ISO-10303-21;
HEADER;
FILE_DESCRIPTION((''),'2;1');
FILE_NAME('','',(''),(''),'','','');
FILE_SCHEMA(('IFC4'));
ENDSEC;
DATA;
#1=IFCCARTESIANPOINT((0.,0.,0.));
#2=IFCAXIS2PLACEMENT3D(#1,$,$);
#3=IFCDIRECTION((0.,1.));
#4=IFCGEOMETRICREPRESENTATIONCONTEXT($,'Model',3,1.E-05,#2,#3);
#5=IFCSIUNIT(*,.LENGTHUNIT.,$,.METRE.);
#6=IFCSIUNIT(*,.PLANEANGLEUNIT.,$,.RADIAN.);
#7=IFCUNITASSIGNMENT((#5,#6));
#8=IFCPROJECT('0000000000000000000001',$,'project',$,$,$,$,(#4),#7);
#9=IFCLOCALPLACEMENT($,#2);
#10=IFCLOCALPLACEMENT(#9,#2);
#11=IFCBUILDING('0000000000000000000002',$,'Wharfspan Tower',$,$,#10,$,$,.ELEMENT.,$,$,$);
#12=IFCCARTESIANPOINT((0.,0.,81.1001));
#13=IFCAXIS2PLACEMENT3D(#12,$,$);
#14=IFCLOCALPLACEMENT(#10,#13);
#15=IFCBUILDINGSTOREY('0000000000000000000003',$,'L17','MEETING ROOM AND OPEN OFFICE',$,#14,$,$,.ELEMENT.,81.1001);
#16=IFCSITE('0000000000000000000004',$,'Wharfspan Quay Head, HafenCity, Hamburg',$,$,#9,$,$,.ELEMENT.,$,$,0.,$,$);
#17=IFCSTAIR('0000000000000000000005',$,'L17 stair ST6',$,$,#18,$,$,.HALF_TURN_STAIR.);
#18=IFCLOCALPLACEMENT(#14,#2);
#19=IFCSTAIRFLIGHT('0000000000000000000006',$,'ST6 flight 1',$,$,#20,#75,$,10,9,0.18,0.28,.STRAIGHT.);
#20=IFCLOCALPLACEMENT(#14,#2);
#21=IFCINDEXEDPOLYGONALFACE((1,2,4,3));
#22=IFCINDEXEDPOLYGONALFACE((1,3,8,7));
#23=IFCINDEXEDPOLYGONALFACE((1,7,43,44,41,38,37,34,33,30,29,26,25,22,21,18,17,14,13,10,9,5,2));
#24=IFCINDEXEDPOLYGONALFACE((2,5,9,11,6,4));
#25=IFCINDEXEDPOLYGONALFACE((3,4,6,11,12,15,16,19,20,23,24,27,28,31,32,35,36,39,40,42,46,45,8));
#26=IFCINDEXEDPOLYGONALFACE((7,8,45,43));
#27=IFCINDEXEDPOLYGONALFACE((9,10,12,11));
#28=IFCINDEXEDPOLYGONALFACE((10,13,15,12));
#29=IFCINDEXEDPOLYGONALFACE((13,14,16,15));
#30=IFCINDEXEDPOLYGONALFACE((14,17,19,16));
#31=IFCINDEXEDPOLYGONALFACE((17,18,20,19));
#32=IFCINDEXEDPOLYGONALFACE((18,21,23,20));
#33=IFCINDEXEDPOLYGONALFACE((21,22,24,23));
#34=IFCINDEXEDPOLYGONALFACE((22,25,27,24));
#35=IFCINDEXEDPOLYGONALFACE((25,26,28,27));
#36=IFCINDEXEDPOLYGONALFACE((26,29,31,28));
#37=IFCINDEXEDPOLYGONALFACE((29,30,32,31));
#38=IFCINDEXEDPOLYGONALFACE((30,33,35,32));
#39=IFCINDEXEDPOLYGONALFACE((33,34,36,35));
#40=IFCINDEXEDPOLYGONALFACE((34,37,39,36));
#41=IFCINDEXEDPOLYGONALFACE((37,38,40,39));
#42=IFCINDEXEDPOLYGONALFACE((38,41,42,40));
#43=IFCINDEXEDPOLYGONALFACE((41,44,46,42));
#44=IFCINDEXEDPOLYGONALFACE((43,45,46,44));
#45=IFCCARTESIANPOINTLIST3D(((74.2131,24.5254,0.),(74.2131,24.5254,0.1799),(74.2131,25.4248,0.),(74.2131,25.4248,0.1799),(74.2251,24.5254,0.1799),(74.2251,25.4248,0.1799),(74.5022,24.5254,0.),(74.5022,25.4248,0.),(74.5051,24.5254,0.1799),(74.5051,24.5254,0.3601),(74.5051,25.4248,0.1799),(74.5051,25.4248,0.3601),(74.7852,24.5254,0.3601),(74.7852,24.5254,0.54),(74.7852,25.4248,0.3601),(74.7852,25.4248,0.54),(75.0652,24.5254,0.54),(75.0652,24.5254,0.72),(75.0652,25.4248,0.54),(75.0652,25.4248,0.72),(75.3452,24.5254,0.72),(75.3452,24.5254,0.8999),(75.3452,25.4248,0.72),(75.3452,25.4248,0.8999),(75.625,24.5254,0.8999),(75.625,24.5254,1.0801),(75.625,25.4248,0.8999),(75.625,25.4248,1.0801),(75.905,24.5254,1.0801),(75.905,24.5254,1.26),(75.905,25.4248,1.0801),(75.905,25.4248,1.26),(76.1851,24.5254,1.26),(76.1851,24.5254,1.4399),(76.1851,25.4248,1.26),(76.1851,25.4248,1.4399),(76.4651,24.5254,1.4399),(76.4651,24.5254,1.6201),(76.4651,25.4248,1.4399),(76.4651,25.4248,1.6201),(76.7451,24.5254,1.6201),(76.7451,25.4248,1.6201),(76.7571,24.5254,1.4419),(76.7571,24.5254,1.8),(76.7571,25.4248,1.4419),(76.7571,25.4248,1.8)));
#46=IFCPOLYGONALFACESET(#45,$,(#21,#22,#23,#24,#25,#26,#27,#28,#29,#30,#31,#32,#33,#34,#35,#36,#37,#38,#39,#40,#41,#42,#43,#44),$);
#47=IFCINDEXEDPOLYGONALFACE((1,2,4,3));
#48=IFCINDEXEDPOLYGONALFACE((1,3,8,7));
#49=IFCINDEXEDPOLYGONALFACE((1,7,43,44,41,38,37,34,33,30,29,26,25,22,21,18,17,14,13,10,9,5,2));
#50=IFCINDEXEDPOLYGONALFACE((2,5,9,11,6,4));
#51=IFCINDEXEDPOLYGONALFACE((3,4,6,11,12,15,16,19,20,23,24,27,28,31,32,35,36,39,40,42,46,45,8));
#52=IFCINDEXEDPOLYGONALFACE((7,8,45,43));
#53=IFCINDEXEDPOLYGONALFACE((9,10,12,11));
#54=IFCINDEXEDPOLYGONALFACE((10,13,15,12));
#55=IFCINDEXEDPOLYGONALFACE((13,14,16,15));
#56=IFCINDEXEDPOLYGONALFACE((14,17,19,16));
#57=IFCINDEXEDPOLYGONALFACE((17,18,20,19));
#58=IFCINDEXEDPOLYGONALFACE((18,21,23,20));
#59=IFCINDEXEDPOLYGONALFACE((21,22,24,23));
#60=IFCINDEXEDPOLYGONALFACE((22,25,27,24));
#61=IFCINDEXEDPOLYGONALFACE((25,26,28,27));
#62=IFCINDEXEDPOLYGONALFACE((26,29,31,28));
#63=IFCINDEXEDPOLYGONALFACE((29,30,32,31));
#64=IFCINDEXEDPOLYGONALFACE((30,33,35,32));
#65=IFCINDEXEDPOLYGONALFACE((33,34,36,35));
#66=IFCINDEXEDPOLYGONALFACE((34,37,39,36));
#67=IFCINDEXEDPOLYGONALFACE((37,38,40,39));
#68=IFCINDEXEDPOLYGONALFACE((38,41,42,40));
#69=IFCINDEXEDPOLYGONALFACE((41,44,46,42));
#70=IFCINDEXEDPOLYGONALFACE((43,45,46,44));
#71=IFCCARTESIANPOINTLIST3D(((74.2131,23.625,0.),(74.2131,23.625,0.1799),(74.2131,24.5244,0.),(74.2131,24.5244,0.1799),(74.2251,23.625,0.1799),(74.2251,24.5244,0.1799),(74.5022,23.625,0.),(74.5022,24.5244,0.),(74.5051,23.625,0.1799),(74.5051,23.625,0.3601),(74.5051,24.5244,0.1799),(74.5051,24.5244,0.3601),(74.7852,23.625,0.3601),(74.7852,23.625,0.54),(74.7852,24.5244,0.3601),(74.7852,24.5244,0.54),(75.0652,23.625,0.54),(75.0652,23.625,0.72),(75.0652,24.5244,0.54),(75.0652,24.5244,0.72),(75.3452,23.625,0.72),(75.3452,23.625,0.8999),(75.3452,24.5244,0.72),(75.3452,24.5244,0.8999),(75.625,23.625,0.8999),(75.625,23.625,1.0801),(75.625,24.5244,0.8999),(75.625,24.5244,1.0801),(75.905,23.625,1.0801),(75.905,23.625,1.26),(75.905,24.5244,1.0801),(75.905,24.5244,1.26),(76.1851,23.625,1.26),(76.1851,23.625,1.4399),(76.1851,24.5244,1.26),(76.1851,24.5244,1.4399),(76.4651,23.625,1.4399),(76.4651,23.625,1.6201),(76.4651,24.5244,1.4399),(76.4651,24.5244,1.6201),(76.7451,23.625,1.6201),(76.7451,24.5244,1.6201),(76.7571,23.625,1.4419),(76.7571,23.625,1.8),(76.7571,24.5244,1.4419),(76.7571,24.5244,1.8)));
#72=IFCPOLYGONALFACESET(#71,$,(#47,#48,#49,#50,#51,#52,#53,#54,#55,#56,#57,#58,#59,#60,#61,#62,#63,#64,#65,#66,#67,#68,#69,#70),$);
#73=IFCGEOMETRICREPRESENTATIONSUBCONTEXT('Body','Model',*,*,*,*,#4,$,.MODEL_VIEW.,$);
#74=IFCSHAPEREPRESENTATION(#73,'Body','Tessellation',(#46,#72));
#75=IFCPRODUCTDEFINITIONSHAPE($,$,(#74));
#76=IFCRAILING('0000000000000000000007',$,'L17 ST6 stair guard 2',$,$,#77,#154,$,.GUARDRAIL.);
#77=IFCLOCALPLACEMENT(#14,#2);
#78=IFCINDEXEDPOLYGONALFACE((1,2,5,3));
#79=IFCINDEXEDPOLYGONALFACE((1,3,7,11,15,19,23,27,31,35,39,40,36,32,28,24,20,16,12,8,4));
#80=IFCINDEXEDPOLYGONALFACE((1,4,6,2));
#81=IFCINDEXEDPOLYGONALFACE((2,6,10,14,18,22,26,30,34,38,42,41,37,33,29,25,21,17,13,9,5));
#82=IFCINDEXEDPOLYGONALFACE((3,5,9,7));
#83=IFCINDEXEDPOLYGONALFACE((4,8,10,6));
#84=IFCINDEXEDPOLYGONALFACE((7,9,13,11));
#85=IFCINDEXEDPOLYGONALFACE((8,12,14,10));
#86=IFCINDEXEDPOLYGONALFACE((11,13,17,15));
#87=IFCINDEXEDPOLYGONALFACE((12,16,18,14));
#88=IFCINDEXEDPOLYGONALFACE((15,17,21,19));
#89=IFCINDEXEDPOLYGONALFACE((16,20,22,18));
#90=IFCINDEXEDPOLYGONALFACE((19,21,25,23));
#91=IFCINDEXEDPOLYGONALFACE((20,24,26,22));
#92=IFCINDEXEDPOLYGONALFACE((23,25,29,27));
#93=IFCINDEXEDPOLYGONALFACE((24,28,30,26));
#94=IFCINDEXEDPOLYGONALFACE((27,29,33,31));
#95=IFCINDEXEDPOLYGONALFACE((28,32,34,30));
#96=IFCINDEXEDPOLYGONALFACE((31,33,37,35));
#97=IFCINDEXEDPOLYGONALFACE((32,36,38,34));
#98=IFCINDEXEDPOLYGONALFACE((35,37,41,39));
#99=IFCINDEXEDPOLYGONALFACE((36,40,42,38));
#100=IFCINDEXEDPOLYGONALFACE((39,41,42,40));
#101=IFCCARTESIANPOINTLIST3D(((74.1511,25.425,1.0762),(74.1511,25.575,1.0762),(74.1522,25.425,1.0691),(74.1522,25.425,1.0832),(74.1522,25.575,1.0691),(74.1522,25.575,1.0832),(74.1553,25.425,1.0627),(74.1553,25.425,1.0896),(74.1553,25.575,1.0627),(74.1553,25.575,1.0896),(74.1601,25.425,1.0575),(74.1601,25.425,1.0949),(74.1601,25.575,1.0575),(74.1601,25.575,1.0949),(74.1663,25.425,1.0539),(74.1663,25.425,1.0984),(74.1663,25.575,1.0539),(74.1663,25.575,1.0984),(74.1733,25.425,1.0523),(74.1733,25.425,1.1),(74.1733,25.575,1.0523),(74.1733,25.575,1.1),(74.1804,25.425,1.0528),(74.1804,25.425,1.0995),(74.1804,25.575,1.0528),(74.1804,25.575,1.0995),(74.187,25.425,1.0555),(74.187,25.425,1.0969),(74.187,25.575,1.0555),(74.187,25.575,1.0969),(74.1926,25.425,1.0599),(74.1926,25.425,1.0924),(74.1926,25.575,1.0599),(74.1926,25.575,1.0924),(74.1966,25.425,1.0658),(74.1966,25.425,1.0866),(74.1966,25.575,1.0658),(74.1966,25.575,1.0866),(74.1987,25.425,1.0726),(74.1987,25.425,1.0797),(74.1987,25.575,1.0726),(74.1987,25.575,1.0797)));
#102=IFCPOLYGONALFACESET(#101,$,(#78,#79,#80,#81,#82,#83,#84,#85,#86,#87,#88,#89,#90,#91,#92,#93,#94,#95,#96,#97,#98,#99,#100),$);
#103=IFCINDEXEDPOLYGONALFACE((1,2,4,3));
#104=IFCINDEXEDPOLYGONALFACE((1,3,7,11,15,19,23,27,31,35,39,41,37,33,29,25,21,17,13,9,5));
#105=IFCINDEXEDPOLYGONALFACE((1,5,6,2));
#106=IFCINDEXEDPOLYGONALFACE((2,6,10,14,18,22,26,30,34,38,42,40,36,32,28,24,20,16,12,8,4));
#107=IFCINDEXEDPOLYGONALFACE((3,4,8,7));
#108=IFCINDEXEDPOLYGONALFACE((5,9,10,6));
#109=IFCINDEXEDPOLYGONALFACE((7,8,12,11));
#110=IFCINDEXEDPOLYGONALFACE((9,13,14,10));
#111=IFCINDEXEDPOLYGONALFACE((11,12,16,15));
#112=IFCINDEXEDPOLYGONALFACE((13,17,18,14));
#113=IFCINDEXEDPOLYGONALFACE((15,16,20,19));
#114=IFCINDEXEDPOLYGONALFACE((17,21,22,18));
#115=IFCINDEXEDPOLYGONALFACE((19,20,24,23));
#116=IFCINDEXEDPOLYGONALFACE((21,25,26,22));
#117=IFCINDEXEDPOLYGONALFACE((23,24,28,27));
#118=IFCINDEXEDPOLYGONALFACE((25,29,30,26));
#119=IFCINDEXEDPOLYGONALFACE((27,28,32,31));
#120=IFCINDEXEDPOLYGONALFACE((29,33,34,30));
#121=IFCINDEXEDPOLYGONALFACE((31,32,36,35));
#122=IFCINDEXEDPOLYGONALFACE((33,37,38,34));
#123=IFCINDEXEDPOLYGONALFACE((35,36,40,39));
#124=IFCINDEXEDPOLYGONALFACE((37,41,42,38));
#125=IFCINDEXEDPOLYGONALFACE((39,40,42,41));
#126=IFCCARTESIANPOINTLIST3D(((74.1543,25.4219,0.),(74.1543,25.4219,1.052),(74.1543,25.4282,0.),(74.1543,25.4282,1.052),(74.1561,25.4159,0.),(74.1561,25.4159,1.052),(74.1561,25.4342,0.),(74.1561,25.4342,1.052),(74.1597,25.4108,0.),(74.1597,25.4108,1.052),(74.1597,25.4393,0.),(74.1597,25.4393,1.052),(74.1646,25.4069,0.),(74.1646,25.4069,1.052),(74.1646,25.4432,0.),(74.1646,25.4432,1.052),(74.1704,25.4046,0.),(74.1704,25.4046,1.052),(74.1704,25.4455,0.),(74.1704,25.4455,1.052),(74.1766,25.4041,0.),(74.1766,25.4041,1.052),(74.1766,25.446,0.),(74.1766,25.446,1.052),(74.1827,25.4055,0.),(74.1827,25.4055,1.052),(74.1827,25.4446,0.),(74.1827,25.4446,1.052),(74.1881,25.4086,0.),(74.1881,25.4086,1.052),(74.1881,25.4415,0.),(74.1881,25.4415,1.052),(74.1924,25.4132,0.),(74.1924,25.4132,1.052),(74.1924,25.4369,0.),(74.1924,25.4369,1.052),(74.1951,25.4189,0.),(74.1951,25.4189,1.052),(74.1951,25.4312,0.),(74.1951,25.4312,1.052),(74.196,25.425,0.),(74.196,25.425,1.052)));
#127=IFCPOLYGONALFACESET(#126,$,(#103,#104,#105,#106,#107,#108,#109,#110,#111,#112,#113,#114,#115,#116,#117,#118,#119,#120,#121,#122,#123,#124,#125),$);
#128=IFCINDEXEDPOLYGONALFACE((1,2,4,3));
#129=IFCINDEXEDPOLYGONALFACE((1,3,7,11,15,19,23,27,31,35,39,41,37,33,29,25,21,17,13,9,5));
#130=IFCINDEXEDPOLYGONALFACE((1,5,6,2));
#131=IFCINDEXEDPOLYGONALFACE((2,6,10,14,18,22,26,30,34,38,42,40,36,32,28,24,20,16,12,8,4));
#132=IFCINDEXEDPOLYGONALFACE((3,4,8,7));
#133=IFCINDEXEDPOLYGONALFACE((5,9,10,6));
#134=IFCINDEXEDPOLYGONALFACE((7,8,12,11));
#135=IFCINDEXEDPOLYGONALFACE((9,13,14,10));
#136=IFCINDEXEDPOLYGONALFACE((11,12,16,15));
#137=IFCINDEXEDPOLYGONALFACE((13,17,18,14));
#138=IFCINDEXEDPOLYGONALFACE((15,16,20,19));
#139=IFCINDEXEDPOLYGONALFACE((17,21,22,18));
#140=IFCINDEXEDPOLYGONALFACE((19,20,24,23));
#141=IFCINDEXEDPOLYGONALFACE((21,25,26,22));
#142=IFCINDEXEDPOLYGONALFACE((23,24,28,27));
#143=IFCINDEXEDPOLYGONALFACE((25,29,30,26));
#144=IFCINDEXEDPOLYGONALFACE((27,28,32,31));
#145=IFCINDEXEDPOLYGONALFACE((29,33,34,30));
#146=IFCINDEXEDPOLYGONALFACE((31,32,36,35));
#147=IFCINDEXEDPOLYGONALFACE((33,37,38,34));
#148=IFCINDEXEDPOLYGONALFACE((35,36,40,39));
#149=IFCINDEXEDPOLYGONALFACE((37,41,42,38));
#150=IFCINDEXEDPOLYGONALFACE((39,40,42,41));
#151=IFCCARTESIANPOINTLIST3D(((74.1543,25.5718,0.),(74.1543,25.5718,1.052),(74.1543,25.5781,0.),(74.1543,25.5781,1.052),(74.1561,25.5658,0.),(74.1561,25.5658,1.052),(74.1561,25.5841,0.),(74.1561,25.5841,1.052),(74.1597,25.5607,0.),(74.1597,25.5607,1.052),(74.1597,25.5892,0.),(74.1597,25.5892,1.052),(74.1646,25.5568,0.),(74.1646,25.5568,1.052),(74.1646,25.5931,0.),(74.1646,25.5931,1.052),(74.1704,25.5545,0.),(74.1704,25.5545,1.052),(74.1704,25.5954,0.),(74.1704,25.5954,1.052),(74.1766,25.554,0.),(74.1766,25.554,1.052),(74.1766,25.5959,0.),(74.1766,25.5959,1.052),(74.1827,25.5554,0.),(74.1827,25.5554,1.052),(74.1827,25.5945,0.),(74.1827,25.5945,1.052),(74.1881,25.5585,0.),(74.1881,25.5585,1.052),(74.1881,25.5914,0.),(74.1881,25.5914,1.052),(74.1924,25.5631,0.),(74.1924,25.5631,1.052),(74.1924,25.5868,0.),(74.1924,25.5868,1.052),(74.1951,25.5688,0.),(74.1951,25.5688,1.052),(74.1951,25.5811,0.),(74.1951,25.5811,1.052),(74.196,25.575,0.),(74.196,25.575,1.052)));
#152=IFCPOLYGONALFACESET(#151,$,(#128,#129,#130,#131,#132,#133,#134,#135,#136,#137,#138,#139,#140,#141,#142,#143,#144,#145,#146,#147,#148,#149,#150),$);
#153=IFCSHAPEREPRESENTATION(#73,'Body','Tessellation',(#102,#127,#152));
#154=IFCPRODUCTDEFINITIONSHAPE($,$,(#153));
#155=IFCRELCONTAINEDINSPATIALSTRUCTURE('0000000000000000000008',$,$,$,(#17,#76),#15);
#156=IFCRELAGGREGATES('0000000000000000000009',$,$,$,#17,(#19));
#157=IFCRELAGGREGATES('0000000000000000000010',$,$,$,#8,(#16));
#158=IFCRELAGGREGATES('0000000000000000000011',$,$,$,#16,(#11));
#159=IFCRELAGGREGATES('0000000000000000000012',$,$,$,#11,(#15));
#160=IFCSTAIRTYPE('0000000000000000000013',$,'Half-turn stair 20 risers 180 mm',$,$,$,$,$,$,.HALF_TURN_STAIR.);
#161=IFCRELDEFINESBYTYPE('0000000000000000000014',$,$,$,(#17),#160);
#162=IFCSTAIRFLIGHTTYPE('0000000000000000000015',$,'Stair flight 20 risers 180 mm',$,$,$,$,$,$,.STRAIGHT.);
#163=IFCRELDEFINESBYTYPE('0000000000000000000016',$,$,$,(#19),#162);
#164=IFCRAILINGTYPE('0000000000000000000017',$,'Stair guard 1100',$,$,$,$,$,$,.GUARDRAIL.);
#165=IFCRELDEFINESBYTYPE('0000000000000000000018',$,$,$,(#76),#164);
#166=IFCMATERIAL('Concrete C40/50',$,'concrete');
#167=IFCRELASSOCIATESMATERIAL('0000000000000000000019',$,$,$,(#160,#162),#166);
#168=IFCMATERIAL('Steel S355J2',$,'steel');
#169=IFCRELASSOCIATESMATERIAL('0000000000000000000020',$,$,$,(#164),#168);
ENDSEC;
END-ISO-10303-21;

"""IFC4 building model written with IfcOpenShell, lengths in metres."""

from ifc_helpers import new_model, si_unit, direction, frame, origin, origin_2d, place, context, subcontext, project, spatial, polyline, circle, outline, extrude, material, type_object, element, aggregate, save


model = new_model("IFC4")

# Units and contexts
model_context = context("Model", 3, precision=1e-05, world=origin(), true_north=direction((0.0, 1.0)))
body_context = subcontext(model_context, "Body", "Model", "MODEL_VIEW")
ifc_project = project(units=[si_unit("LENGTHUNIT", "METRE"), si_unit("PLANEANGLEUNIT", "RADIAN")], contexts=[model_context])

# Site, building, storey
site_placement = place(None, origin())
site = spatial("IfcSite", under=ifc_project, at=site_placement, Name="Wharfspan Quay Head, HafenCity, Hamburg", CompositionType="ELEMENT", RefElevation=0.0)
building_placement = place(site_placement, origin())
building = spatial("IfcBuilding", under=site, at=building_placement, Name="Wharfspan Tower", CompositionType="ELEMENT")
storey_placement = place(building_placement, frame((0.0, 0.0, 81.1001)))
storey = spatial("IfcBuildingStorey", under=building, at=storey_placement, Name="L17", Description="MEETING ROOM AND OPEN OFFICE", CompositionType="ELEMENT", Elevation=81.1001)

# Shared definitions
ifc_material_1 = material(Name="Steel S355J2", Category="steel")

# Shared definitions
ifc_material_2 = material(Name="Concrete C40/50", Category="concrete")

# Stair, stair flight
stair_type = type_object("IfcStairType", Name="Half-turn stair 20 risers 180 mm", PredefinedType="HALF_TURN_STAIR", material=ifc_material_2)
stair_placement = place(storey_placement, origin())
stair = element("IfcStair", 1, at=stair_placement, inside=storey, type_object=stair_type, Name="L17 stair ST6", PredefinedType="HALF_TURN_STAIR")
stair_flight_type = type_object("IfcStairFlightType", Name="Stair flight 20 risers 180 mm", PredefinedType="STRAIGHT", material=ifc_material_2)
stair_flight_placement = place(storey_placement, frame((74.2251, 24.5249, 0.0), z_axis=(0.0, 0.0, 1.0), x_axis=(1.0, 0.0, 0.0)))
stair_flight = element("IfcStairFlight", 2, at=stair_flight_placement, type_object=stair_flight_type, Name="ST6 flight 1", NumberOfRisers=10, NumberOfTreads=9, PredefinedType="STRAIGHT", RiserHeight=0.18, TreadLength=0.28, context=body_context, shape_type="SweptSolid", body=[
    extrude(outline(polyline([(-0.012, 0.0), (-0.012, 0.1799), (0.0, 0.1799), (0.28, 0.1799), (0.28, 0.3601), (0.5601, 0.3601), (0.5601, 0.54), (0.8401, 0.54), (0.8401, 0.72), (1.1201, 0.72), (1.1201, 0.8999), (1.3999, 0.8999), (1.3999, 1.0801), (1.6799, 1.0801), (1.6799, 1.26), (1.96, 1.26), (1.96, 1.4399), (2.24, 1.4399), (2.24, 1.6201), (2.52, 1.6201), (2.532, 1.8), (2.532, 1.4419), (0.2771, 0.0), (-0.012, 0.0)])), frame((0.0, 0.8999, 0.0), z_axis=(0.0, -1.0, 0.0), x_axis=(1.0, 0.0, 0.0)), (0.0, 0.0, 1.0), 0.8994),
    extrude(outline(polyline([(-0.012, 0.0), (-0.012, 0.1799), (0.0, 0.1799), (0.28, 0.1799), (0.28, 0.3601), (0.5601, 0.3601), (0.5601, 0.54), (0.8401, 0.54), (0.8401, 0.72), (1.1201, 0.72), (1.1201, 0.8999), (1.3999, 0.8999), (1.3999, 1.0801), (1.6799, 1.0801), (1.6799, 1.26), (1.96, 1.26), (1.96, 1.4399), (2.24, 1.4399), (2.24, 1.6201), (2.52, 1.6201), (2.532, 1.8), (2.532, 1.4419), (0.2771, 0.0), (-0.012, 0.0)])), frame((0.0, -0.0005, 0.0), z_axis=(0.0, -1.0, 0.0), x_axis=(1.0, 0.0, 0.0)), (0.0, 0.0, 1.0), 0.8994),
])
aggregate(stair, [stair_flight])

# Railing
railing_type_1 = type_object("IfcRailingType", Name="Stair guard 1100", PredefinedType="GUARDRAIL", material=ifc_material_1)
railing_1_placement = place(storey_placement, frame((74.175, 25.425, 0.0)))
element("IfcRailing", 3, at=railing_1_placement, inside=storey, type_object=railing_type_1, Name="L17 ST6 stair guard 2", PredefinedType="GUARDRAIL", context=body_context, shape_type="SweptSolid", body=[
    extrude(circle(Radius=0.0239, at=origin_2d()), frame((0.0, 0.0, 1.0762), z_axis=(0.0, 1.0, 0.0), x_axis=(-1.0, 0.0, 0.0)), (0.0, 0.0, 1.0), 0.1499),
    extrude(circle(Radius=0.021, at=origin_2d()), origin(), (0.0, 0.0, 1.0), 1.052),
    extrude(circle(Radius=0.021, at=origin_2d()), frame((0.0, 0.1499, 0.0)), (0.0, 0.0, 1.0), 1.052),
])

save(model, "model.ifc")
